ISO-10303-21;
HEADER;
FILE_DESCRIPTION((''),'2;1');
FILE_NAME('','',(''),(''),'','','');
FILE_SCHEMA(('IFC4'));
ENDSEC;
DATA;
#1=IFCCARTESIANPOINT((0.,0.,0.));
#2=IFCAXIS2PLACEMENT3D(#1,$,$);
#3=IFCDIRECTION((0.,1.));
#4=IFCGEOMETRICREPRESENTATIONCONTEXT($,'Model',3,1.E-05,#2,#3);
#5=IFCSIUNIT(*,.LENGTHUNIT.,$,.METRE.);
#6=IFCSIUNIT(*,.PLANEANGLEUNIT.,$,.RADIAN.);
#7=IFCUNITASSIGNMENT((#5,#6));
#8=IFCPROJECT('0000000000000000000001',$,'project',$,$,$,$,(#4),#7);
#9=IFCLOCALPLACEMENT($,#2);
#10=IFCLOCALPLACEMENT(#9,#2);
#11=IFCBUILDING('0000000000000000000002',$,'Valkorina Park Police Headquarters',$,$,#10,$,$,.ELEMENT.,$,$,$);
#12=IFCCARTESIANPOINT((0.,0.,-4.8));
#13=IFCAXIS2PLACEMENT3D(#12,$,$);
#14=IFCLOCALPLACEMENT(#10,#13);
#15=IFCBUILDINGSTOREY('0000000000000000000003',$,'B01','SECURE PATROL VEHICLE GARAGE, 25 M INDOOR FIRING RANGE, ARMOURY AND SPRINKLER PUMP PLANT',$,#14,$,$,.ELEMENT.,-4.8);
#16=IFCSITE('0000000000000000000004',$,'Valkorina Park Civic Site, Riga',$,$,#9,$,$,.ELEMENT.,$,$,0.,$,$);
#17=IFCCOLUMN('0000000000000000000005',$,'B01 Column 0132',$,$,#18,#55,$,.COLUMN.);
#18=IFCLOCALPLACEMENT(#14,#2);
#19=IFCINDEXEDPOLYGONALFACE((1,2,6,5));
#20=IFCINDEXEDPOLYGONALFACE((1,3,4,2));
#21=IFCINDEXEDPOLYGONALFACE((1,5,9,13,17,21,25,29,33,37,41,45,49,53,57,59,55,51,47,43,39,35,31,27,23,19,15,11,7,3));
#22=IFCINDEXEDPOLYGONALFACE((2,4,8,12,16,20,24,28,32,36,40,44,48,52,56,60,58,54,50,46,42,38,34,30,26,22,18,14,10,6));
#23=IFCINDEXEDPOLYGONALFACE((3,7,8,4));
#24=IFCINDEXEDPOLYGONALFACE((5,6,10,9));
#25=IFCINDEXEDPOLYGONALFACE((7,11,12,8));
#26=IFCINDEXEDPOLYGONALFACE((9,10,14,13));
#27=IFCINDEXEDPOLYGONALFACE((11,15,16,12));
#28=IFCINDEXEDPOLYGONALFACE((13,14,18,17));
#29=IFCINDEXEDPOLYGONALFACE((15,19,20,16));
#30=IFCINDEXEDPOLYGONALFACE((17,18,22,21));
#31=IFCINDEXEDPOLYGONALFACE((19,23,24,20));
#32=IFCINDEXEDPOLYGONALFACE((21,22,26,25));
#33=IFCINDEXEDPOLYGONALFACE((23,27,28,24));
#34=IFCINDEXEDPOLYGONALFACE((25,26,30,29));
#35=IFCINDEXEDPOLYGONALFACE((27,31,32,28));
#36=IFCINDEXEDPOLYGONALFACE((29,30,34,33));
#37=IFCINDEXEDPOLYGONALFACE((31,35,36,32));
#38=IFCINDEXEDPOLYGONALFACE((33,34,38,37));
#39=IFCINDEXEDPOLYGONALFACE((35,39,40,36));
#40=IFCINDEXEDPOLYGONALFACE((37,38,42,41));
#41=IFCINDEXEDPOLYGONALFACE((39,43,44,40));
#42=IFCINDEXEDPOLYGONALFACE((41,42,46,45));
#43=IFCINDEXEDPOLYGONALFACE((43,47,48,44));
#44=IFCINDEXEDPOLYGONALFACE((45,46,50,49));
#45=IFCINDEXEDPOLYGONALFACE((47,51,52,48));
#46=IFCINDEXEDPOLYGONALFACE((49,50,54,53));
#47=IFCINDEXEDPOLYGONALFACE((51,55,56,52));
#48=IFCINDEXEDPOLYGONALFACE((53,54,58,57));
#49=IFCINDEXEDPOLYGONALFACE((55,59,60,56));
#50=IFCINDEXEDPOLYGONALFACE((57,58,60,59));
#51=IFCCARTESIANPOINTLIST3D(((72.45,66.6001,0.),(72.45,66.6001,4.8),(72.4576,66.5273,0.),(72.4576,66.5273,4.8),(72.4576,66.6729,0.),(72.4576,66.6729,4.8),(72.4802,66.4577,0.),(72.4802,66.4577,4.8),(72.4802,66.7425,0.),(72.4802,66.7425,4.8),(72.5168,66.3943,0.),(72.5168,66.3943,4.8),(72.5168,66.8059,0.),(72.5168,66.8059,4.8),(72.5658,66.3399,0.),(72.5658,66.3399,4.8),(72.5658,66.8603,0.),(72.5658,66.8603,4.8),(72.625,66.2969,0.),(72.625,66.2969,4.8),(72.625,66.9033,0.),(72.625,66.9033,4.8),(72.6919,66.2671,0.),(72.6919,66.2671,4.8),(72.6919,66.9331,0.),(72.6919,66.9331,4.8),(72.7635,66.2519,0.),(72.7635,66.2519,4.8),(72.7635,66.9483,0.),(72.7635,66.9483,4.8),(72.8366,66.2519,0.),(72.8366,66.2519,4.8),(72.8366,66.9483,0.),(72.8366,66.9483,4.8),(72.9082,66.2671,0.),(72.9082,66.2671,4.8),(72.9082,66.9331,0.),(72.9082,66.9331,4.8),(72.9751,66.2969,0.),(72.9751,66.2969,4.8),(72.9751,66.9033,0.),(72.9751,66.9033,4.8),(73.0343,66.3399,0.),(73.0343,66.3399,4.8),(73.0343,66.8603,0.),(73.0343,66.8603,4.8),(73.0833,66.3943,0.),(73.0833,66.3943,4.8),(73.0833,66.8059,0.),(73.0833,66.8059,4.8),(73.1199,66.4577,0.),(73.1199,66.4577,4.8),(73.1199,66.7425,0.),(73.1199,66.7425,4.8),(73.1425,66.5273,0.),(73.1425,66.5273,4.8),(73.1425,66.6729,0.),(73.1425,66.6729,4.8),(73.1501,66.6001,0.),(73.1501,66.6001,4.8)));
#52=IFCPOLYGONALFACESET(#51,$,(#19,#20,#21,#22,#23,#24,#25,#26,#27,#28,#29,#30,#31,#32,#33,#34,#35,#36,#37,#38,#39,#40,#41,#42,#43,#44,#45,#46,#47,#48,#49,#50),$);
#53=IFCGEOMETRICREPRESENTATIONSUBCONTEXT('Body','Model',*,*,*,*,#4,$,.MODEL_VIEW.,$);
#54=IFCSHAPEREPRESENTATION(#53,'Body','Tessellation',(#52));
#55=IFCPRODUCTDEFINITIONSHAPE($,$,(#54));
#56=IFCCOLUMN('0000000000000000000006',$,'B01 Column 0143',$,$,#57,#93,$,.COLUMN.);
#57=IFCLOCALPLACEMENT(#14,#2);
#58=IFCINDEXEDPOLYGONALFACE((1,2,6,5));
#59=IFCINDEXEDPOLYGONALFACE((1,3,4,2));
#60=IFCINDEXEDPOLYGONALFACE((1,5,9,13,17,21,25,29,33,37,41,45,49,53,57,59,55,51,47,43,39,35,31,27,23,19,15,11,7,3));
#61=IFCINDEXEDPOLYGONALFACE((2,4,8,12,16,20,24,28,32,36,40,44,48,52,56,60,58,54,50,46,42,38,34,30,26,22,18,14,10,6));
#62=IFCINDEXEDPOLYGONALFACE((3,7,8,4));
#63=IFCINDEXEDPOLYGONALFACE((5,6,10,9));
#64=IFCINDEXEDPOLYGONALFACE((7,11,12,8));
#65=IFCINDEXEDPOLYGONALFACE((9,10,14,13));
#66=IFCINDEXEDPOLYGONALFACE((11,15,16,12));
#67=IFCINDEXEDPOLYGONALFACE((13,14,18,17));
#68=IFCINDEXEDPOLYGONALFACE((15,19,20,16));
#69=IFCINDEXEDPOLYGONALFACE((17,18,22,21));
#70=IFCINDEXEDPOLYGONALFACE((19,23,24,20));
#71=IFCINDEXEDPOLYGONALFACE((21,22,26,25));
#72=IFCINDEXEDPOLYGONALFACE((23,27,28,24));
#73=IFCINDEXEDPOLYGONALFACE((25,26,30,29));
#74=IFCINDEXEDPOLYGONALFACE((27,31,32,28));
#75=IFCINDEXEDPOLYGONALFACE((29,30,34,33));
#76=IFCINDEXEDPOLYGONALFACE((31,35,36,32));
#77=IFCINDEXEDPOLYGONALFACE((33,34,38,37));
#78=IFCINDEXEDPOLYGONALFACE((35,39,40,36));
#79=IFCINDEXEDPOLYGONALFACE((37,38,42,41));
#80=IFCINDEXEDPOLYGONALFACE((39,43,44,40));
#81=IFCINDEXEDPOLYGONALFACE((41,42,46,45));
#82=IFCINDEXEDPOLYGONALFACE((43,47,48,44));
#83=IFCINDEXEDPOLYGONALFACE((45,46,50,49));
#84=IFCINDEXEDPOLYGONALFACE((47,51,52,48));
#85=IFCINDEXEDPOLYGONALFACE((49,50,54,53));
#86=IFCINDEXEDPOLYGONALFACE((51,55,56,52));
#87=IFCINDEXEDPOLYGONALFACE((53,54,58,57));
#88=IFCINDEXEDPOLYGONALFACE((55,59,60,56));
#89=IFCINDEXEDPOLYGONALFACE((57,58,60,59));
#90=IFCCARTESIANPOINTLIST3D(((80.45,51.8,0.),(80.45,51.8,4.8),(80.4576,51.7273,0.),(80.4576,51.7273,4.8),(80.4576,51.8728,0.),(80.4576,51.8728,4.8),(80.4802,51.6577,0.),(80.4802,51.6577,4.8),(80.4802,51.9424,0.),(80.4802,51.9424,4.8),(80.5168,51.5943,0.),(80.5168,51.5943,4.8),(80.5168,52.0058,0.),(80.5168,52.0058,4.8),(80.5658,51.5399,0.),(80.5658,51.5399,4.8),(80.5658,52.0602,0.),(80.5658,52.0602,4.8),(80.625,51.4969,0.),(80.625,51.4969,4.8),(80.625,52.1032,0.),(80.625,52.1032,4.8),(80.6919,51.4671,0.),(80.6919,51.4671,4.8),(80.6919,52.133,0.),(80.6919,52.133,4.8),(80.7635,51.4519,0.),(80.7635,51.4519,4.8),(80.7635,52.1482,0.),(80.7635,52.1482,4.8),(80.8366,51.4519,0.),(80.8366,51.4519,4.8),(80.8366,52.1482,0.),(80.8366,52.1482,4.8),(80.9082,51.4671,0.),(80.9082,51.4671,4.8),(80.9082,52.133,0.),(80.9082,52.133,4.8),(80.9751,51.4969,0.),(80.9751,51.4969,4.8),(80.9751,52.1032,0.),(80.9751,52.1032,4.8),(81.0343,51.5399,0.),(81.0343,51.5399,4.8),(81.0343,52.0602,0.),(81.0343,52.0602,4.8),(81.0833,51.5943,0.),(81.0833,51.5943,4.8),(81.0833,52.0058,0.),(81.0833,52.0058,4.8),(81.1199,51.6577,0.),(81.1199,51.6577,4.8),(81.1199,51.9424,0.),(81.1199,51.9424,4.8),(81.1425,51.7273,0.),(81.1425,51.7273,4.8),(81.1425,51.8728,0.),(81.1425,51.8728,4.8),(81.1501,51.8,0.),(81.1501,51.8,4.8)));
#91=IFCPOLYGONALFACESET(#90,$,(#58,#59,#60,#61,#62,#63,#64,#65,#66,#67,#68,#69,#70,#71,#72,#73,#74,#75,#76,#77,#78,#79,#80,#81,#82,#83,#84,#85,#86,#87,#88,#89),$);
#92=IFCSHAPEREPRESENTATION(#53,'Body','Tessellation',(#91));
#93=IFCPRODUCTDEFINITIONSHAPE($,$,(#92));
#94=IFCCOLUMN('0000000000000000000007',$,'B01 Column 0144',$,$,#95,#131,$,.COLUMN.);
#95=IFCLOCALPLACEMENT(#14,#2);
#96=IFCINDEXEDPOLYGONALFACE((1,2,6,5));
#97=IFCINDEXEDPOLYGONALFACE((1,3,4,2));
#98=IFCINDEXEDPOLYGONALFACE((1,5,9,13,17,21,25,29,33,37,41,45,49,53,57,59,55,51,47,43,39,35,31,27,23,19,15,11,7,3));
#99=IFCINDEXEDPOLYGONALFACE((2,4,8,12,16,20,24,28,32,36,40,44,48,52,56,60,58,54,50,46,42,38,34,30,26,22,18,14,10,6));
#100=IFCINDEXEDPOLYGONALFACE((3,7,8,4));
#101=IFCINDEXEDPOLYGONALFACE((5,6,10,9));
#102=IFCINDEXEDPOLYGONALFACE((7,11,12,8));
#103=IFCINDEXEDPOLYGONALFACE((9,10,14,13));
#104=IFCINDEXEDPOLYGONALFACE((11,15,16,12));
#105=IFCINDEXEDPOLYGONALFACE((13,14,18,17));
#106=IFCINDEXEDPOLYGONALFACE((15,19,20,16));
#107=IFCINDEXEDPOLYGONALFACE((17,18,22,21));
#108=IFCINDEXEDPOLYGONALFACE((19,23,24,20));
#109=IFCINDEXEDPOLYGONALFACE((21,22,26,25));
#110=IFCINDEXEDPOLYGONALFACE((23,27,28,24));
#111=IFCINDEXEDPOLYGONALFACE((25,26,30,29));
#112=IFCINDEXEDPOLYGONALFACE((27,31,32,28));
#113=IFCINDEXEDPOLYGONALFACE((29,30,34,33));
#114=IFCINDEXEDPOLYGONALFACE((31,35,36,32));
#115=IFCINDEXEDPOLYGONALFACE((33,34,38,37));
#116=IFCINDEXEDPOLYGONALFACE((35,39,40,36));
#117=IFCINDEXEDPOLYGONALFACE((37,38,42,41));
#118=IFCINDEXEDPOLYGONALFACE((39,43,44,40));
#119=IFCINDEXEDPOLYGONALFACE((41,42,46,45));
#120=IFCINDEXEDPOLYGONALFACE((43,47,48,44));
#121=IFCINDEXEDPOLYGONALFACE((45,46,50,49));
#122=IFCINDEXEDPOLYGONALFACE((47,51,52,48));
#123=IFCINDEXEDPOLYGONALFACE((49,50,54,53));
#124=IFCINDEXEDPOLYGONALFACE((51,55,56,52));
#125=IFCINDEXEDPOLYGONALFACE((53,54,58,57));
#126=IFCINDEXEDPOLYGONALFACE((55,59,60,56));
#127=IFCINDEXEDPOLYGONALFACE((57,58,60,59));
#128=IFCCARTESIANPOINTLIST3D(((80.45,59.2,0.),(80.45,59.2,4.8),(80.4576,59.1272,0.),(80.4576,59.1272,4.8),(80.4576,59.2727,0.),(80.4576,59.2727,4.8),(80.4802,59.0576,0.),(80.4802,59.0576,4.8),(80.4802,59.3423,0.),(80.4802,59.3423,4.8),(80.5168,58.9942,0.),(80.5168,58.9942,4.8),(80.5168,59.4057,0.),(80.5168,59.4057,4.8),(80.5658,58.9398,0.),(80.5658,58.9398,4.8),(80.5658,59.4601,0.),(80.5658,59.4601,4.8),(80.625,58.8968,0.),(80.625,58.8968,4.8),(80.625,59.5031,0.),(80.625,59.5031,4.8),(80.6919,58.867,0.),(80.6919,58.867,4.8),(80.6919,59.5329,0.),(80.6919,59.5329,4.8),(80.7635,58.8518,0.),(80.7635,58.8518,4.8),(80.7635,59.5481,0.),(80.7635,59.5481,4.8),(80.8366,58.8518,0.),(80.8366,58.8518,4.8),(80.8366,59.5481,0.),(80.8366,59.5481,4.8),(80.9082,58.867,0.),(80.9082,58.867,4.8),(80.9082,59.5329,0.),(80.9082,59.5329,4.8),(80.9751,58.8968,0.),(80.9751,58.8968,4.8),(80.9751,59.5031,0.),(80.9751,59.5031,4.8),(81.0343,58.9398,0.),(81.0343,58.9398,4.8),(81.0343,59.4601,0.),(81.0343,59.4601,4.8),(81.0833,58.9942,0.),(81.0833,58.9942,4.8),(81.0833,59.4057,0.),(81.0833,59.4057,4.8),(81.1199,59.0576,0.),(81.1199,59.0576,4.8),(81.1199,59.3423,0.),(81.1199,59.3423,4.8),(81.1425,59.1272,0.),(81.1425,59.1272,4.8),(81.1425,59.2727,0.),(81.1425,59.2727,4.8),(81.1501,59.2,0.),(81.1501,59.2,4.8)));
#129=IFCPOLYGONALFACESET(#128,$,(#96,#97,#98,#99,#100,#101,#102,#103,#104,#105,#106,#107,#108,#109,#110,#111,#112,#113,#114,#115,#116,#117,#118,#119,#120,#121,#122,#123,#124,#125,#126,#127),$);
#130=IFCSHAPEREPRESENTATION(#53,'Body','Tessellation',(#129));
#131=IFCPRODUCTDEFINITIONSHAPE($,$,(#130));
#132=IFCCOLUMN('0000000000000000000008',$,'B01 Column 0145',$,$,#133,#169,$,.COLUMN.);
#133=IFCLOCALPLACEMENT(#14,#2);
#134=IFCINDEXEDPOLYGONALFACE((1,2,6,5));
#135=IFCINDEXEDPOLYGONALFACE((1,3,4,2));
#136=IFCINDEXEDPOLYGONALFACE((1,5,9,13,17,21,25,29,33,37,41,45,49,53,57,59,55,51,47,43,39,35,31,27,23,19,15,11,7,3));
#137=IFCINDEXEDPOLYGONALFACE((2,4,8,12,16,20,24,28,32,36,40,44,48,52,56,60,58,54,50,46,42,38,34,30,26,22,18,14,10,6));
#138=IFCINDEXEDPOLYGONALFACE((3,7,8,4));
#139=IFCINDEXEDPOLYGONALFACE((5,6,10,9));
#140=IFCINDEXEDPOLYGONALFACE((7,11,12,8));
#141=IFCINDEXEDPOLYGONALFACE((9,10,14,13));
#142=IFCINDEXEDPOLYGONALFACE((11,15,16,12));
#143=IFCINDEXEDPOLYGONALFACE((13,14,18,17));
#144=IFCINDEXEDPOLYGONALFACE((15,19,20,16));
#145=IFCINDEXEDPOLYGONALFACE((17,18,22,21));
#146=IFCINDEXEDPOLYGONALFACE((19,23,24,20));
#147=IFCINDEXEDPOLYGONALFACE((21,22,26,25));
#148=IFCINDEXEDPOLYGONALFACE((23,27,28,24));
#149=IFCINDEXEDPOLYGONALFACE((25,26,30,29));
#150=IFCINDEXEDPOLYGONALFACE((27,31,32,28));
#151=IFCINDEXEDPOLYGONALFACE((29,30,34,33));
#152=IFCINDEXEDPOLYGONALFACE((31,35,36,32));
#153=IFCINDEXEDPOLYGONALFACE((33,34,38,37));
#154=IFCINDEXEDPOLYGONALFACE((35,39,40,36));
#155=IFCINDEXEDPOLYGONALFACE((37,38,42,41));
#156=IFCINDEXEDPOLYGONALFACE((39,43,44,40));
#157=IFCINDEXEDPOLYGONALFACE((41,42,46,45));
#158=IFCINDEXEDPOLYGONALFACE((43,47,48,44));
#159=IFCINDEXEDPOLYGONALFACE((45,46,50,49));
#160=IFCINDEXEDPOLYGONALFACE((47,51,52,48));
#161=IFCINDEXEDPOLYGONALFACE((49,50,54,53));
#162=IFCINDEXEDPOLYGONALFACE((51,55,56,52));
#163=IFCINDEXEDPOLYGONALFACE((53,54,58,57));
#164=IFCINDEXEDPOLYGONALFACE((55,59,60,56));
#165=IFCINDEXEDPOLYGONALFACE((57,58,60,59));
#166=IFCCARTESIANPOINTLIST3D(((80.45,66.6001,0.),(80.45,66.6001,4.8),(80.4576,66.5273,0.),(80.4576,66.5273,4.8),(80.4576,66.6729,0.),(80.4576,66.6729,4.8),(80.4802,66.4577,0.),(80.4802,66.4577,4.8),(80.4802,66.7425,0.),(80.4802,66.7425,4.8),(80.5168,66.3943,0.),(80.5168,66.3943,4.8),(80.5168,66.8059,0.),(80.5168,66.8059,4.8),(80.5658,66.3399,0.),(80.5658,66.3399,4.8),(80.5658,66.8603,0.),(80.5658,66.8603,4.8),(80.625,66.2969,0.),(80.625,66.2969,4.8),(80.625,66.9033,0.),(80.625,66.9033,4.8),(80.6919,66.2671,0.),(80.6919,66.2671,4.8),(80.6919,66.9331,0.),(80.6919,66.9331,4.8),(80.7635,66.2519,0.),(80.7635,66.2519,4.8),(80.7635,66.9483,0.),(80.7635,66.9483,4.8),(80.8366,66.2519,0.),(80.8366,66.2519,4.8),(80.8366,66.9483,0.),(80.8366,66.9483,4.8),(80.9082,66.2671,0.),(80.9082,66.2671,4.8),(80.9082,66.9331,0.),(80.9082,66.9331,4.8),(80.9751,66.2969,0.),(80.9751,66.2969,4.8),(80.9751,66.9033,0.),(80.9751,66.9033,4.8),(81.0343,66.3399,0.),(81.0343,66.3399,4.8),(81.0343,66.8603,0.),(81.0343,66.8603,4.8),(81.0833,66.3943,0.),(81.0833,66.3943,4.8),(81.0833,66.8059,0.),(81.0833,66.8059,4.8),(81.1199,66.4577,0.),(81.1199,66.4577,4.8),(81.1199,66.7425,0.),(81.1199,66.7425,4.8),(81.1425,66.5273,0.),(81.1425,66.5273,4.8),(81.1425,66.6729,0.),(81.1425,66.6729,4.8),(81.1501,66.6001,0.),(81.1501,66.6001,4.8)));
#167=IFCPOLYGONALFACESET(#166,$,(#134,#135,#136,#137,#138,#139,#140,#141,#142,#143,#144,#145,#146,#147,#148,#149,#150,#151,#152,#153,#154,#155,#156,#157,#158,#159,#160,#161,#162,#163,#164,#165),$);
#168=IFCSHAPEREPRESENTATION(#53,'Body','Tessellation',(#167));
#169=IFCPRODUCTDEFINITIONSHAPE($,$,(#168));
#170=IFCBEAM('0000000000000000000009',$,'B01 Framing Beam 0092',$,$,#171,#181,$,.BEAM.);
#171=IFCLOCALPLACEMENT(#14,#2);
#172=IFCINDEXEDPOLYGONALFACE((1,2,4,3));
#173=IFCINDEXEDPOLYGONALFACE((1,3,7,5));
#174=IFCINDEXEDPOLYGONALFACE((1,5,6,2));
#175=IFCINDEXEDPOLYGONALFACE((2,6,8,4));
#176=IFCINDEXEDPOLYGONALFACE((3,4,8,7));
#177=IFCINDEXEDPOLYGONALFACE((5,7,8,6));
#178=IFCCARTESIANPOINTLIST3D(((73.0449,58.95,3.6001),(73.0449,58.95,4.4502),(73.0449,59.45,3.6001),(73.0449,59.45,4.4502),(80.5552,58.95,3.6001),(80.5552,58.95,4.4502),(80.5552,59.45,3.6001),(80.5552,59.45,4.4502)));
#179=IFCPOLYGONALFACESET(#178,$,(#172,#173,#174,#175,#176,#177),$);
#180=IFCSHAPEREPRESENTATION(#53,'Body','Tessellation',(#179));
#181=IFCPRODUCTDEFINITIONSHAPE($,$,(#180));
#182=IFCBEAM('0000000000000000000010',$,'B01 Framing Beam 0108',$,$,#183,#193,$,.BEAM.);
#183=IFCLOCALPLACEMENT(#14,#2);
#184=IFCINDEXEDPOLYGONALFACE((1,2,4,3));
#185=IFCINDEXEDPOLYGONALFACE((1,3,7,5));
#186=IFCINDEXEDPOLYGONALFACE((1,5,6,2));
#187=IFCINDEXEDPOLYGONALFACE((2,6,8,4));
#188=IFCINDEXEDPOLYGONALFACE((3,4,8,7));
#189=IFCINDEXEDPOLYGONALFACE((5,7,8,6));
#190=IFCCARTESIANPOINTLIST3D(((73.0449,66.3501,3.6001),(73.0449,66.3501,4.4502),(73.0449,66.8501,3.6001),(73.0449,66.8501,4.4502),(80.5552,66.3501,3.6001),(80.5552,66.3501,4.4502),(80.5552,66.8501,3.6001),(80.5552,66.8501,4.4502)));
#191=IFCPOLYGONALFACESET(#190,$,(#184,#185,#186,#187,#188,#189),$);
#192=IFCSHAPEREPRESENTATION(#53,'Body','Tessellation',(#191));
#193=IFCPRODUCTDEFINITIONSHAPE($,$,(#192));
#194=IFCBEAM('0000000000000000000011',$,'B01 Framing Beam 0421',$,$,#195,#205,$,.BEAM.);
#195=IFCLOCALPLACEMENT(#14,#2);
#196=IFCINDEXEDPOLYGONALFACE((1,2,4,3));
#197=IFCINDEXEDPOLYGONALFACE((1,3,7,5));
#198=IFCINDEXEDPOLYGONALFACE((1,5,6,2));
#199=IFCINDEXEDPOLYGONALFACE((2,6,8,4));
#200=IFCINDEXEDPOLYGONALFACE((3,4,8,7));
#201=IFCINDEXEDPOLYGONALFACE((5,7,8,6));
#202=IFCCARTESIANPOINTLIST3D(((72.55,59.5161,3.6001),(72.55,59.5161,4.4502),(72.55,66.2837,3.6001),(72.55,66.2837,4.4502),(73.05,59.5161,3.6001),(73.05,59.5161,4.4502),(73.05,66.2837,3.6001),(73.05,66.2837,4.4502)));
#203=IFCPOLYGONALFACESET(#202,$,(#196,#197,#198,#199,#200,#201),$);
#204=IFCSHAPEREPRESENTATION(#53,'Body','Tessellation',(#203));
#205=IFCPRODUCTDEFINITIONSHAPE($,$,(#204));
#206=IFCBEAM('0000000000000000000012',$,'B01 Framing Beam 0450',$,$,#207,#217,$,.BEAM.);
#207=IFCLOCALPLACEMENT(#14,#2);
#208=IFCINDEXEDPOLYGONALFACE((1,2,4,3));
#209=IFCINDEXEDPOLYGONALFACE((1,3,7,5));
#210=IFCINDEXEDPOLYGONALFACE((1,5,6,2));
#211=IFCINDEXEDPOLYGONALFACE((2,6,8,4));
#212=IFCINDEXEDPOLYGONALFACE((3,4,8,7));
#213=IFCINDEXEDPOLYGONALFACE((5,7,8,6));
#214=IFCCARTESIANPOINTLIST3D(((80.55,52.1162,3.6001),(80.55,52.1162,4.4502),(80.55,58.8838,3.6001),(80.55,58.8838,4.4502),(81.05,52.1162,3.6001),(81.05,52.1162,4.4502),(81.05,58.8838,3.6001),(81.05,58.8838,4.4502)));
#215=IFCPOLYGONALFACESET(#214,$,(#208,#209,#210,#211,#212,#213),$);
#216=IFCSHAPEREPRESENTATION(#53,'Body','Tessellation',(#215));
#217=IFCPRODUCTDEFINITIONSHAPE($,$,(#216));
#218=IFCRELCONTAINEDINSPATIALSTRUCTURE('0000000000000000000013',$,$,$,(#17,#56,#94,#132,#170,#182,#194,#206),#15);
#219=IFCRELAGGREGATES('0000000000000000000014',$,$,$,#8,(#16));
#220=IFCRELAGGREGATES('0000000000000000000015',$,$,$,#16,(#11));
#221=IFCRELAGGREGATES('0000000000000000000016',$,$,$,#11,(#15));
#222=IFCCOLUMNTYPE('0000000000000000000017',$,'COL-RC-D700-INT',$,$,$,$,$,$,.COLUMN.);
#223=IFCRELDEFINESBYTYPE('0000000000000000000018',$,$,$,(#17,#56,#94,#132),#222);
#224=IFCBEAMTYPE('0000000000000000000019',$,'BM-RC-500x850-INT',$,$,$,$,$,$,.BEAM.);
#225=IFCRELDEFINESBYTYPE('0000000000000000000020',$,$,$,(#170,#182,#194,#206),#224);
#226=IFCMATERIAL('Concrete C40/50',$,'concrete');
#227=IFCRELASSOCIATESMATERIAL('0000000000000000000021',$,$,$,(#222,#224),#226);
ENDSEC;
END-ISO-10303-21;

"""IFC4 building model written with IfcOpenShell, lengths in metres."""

from ifc_helpers import new_model, si_unit, direction, frame, origin, origin_2d, place, context, subcontext, project, spatial, rectangle, circle, extrude, material, material_profile, profile_set, type_object, element, save


model = new_model("IFC4")

# Units and contexts
model_context = context("Model", 3, precision=1e-05, world=origin(), true_north=direction((0.0, 1.0)))
body_context = subcontext(model_context, "Body", "Model", "MODEL_VIEW")
ifc_project = project(units=[si_unit("LENGTHUNIT", "METRE"), si_unit("PLANEANGLEUNIT", "RADIAN")], contexts=[model_context])

# Site, building, storey
site_placement = place(None, origin())
site = spatial("IfcSite", under=ifc_project, at=site_placement, Name="Valkorina Park Civic Site, Riga", CompositionType="ELEMENT", RefElevation=0.0)
building_placement = place(site_placement, origin())
building = spatial("IfcBuilding", under=site, at=building_placement, Name="Valkorina Park Police Headquarters", CompositionType="ELEMENT")
storey_placement = place(building_placement, frame((0.0, 0.0, -4.8)))
storey = spatial("IfcBuildingStorey", under=building, at=storey_placement, Name="B01", Description="SECURE PATROL VEHICLE GARAGE, 25 M INDOOR FIRING RANGE, ARMOURY AND SPRINKLER PUMP PLANT", CompositionType="ELEMENT", Elevation=-4.8)

# Columns
ifc_material_1 = material(Name="Concrete C40/50", Category="concrete")
ifc_material_profile_1 = material_profile(ifc_material_1, circle(Radius=0.3501, at=origin_2d()), Name="RC COL D700")
ifc_profile_set_1 = profile_set([ifc_material_profile_1], Name="Concrete C40/50")
column_type = type_object("IfcColumnType", Name="COL-RC-D700-INT", PredefinedType="COLUMN", material=ifc_profile_set_1)
for number, where, z_axis, x_axis, name in (
    (1, (72.8, 66.6001, 0.0), (0.0, 0.0, 1.0), (1.0, 0.0, 0.0), "B01 Column 0132"),
    (2, (80.8, 51.8, 0.0), (0.0, 0.0, 1.0), (1.0, 0.0, 0.0), "B01 Column 0143"),
    (3, (80.8, 59.2, 0.0), (0.0, 0.0, 1.0), (1.0, 0.0, 0.0), "B01 Column 0144"),
    (4, (80.8, 66.6001, 0.0), (0.0, 0.0, 1.0), (1.0, 0.0, 0.0), "B01 Column 0145"),
):
    element("IfcColumn", number, at=place(storey_placement, frame(where, z_axis=z_axis, x_axis=x_axis)), inside=storey, type_object=column_type, Name=name, PredefinedType="COLUMN", context=body_context, shape_type="SweptSolid", body=[
        extrude(circle(Radius=0.3501, at=origin_2d()), origin(), (0.0, 0.0, 1.0), 4.8),
    ])

# Beams
ifc_material_profile_2 = material_profile(ifc_material_1, rectangle(XDim=0.5, YDim=0.8501, at=origin_2d()), Name="RC BEAM 500x850")
ifc_profile_set_2 = profile_set([ifc_material_profile_2], Name="Concrete C40/50")
beam_type_1 = type_object("IfcBeamType", Name="BM-RC-500x850-INT", PredefinedType="BEAM", material=ifc_profile_set_2)
for number, where, z_axis, x_axis, name in (
    (5, (73.0449, 59.2, 4.0251), (1.0, 0.0, 0.0), (0.0, 1.0, 0.0), "B01 Framing Beam 0092"),
    (6, (73.0449, 66.6001, 4.0251), (1.0, 0.0, 0.0), (0.0, 1.0, 0.0), "B01 Framing Beam 0108"),
):
    element("IfcBeam", number, at=place(storey_placement, frame(where, z_axis=z_axis, x_axis=x_axis)), inside=storey, type_object=beam_type_1, Name=name, PredefinedType="BEAM", context=body_context, shape_type="SweptSolid", body=[
        extrude(rectangle(XDim=0.5, YDim=0.8501, at=origin_2d()), origin(), (0.0, 0.0, 1.0), 7.5103),
    ])
for number, where, z_axis, x_axis, name in (
    (7, (72.8, 59.5161, 4.0251), (0.0, 1.0, 0.0), (-1.0, 0.0, 0.0), "B01 Framing Beam 0421"),
    (8, (80.8, 52.1162, 4.0251), (0.0, 1.0, 0.0), (-1.0, 0.0, 0.0), "B01 Framing Beam 0450"),
):
    element("IfcBeam", number, at=place(storey_placement, frame(where, z_axis=z_axis, x_axis=x_axis)), inside=storey, type_object=beam_type_1, Name=name, PredefinedType="BEAM", context=body_context, shape_type="SweptSolid", body=[
        extrude(rectangle(XDim=0.5, YDim=0.8501, at=origin_2d()), origin(), (0.0, 0.0, 1.0), 6.7676),
    ])

save(model, "model.ifc")
